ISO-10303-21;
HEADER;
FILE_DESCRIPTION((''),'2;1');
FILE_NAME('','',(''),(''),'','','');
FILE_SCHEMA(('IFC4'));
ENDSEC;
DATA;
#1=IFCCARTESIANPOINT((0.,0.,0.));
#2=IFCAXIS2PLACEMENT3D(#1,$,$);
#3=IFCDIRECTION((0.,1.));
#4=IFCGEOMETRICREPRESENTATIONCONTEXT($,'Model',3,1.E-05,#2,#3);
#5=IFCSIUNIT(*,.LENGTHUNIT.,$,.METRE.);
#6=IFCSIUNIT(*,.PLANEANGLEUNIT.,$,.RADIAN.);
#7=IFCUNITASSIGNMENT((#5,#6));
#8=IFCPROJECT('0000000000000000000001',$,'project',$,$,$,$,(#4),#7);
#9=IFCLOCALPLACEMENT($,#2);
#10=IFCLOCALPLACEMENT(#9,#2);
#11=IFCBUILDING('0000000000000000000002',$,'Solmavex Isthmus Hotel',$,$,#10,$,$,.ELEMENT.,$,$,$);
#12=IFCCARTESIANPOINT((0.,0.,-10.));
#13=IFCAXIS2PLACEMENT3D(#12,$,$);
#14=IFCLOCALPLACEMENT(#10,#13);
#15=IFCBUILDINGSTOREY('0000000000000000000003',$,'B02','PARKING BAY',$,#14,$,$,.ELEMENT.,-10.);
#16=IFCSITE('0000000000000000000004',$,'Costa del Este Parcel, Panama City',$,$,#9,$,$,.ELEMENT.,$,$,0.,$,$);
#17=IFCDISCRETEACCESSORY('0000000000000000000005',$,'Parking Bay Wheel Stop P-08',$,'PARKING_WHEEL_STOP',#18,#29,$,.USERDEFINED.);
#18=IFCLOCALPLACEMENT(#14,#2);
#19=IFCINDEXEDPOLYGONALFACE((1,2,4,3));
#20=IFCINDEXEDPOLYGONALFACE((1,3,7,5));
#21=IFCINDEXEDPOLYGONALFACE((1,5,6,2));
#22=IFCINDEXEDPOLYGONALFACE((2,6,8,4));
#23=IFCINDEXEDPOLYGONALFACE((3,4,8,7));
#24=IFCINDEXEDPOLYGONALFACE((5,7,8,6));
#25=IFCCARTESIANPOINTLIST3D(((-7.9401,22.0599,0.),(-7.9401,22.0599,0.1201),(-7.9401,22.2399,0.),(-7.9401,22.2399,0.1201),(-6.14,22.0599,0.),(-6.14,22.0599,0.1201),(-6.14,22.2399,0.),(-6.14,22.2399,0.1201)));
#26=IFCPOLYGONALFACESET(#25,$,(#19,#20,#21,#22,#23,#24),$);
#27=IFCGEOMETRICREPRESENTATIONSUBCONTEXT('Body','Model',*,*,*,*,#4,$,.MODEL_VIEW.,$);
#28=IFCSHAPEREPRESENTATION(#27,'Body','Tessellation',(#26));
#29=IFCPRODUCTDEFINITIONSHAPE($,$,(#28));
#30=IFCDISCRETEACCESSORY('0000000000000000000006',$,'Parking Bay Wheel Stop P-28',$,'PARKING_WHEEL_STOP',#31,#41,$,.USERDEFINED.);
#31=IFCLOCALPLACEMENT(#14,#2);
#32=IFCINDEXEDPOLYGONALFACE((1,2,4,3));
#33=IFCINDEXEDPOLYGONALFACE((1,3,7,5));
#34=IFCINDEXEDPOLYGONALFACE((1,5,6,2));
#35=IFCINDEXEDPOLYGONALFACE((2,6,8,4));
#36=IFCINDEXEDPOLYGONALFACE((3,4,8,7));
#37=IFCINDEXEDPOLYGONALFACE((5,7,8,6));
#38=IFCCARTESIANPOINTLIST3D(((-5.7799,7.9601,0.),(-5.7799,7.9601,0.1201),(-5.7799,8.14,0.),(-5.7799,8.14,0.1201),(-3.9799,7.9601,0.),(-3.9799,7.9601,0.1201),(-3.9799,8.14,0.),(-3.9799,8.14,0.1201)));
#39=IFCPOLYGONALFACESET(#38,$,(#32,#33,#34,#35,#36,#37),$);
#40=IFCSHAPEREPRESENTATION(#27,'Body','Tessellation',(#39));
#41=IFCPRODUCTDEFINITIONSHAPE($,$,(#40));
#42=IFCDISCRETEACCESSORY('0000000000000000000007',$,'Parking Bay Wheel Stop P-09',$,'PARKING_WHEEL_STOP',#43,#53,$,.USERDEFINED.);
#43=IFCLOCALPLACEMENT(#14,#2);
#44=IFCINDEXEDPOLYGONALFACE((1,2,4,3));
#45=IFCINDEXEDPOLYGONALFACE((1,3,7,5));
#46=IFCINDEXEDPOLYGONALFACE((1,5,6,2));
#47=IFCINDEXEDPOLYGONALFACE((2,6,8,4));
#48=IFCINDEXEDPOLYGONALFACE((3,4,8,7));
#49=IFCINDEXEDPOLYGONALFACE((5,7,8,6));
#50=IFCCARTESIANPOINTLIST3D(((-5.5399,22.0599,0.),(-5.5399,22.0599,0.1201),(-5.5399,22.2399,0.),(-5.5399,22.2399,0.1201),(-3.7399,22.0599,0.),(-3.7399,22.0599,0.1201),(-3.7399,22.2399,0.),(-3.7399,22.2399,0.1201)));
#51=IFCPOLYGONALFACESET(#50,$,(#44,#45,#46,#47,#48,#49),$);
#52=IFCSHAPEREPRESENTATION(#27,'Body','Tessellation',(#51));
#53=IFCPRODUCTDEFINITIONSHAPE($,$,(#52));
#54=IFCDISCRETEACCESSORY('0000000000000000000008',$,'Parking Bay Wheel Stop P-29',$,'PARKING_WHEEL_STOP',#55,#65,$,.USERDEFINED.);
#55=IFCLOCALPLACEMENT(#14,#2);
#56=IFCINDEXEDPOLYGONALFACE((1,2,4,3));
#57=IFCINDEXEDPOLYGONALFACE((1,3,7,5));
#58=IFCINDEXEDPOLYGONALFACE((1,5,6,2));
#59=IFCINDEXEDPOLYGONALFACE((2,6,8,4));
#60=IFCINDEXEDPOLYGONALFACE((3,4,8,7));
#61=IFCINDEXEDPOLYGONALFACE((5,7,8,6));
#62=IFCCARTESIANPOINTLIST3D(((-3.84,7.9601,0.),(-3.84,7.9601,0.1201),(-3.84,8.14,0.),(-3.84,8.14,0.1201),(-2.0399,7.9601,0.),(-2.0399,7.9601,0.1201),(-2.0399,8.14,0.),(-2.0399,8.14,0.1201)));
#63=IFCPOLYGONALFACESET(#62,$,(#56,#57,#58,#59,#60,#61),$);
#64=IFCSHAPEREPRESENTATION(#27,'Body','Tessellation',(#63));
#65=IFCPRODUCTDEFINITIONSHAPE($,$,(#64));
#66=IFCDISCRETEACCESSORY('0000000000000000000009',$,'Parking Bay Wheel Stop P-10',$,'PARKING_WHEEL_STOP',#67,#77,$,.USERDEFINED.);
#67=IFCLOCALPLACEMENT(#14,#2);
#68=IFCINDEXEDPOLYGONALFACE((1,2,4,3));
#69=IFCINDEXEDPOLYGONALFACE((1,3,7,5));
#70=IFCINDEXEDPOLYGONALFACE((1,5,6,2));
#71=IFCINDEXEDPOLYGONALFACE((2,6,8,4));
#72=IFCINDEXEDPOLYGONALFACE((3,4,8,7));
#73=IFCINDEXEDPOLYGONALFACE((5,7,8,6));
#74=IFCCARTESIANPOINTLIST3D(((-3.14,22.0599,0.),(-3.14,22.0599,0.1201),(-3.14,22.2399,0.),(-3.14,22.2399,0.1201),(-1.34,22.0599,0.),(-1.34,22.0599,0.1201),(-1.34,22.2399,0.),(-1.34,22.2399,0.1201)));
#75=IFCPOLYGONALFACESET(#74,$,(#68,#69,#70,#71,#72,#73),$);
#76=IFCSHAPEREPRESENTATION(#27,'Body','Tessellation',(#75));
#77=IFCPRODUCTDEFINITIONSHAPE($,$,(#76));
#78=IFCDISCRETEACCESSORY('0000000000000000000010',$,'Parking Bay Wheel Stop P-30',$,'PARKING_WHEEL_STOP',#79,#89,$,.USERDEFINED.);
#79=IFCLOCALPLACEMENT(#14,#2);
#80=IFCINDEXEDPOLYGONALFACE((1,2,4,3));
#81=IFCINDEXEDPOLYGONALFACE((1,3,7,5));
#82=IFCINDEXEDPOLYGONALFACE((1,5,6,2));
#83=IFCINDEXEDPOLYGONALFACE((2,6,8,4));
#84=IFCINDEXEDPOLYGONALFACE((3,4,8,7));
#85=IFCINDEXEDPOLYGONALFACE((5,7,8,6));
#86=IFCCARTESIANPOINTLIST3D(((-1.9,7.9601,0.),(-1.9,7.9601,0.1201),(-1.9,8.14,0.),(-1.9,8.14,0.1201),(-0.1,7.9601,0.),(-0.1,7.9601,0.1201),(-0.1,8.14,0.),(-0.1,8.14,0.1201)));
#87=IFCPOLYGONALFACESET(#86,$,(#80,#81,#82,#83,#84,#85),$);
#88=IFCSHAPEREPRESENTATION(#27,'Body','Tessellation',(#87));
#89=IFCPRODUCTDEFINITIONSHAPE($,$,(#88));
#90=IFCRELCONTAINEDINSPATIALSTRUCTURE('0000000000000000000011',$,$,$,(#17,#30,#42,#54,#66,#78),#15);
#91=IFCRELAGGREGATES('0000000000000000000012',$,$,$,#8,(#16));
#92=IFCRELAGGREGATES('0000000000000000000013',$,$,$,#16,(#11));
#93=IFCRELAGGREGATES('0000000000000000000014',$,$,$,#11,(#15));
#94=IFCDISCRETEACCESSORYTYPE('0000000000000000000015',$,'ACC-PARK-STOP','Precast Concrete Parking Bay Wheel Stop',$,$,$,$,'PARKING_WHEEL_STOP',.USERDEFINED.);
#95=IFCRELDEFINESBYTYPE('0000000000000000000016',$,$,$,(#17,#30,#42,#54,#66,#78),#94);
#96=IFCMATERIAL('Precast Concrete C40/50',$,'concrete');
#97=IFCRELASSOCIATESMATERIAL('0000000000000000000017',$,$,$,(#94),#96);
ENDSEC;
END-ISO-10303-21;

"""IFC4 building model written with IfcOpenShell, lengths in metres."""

from ifc_helpers import new_model, si_unit, direction, frame, origin, origin_2d, place, context, subcontext, project, spatial, rectangle, extrude, material, type_object, element, save


model = new_model("IFC4")

# Units and contexts
model_context = context("Model", 3, precision=1e-05, world=origin(), true_north=direction((0.0, 1.0)))
body_context = subcontext(model_context, "Body", "Model", "MODEL_VIEW")
ifc_project = project(units=[si_unit("LENGTHUNIT", "METRE"), si_unit("PLANEANGLEUNIT", "RADIAN")], contexts=[model_context])

# Site, building, storey
site_placement = place(None, origin())
site = spatial("IfcSite", under=ifc_project, at=site_placement, Name="Costa del Este Parcel, Panama City", CompositionType="ELEMENT", RefElevation=0.0)
building_placement = place(site_placement, origin())
building = spatial("IfcBuilding", under=site, at=building_placement, Name="Solmavex Isthmus Hotel", CompositionType="ELEMENT")
storey_placement = place(building_placement, frame((0.0, 0.0, -10.0)))
storey = spatial("IfcBuildingStorey", under=building, at=storey_placement, Name="B02", Description="PARKING BAY", CompositionType="ELEMENT", Elevation=-10.0)

# Discrete accessories
ifc_material_1 = material(Name="Precast Concrete C40/50", Category="concrete")
discrete_accessory_type = type_object("IfcDiscreteAccessoryType", Name="ACC-PARK-STOP", Description="Precast Concrete Parking Bay Wheel Stop", ElementType="PARKING_WHEEL_STOP", PredefinedType="USERDEFINED", material=ifc_material_1)
for number, where, z_axis, x_axis, name in (
    (1, (-7.04, 22.1499, 0.0), (0.0, 0.0, 1.0), (1.0, 0.0, 0.0), "Parking Bay Wheel Stop P-08"),
    (2, (-4.8799, 8.05, 0.0), (0.0, 0.0, 1.0), (1.0, 0.0, 0.0), "Parking Bay Wheel Stop P-28"),
    (3, (-4.6399, 22.1499, 0.0), (0.0, 0.0, 1.0), (1.0, 0.0, 0.0), "Parking Bay Wheel Stop P-09"),
    (4, (-2.9399, 8.05, 0.0), (0.0, 0.0, 1.0), (1.0, 0.0, 0.0), "Parking Bay Wheel Stop P-29"),
    (5, (-2.24, 22.1499, 0.0), (0.0, 0.0, 1.0), (1.0, 0.0, 0.0), "Parking Bay Wheel Stop P-10"),
    (6, (-1.0, 8.05, 0.0), (0.0, 0.0, 1.0), (1.0, 0.0, 0.0), "Parking Bay Wheel Stop P-30"),
):
    element("IfcDiscreteAccessory", number, at=place(storey_placement, frame(where, z_axis=z_axis, x_axis=x_axis)), inside=storey, type_object=discrete_accessory_type, Name=name, ObjectType="PARKING_WHEEL_STOP", PredefinedType="USERDEFINED", context=body_context, shape_type="SweptSolid", body=[
        extrude(rectangle(XDim=1.8, YDim=0.1799, at=origin_2d()), origin(), (0.0, 0.0, 1.0), 0.1201),
    ])

save(model, "model.ifc")
